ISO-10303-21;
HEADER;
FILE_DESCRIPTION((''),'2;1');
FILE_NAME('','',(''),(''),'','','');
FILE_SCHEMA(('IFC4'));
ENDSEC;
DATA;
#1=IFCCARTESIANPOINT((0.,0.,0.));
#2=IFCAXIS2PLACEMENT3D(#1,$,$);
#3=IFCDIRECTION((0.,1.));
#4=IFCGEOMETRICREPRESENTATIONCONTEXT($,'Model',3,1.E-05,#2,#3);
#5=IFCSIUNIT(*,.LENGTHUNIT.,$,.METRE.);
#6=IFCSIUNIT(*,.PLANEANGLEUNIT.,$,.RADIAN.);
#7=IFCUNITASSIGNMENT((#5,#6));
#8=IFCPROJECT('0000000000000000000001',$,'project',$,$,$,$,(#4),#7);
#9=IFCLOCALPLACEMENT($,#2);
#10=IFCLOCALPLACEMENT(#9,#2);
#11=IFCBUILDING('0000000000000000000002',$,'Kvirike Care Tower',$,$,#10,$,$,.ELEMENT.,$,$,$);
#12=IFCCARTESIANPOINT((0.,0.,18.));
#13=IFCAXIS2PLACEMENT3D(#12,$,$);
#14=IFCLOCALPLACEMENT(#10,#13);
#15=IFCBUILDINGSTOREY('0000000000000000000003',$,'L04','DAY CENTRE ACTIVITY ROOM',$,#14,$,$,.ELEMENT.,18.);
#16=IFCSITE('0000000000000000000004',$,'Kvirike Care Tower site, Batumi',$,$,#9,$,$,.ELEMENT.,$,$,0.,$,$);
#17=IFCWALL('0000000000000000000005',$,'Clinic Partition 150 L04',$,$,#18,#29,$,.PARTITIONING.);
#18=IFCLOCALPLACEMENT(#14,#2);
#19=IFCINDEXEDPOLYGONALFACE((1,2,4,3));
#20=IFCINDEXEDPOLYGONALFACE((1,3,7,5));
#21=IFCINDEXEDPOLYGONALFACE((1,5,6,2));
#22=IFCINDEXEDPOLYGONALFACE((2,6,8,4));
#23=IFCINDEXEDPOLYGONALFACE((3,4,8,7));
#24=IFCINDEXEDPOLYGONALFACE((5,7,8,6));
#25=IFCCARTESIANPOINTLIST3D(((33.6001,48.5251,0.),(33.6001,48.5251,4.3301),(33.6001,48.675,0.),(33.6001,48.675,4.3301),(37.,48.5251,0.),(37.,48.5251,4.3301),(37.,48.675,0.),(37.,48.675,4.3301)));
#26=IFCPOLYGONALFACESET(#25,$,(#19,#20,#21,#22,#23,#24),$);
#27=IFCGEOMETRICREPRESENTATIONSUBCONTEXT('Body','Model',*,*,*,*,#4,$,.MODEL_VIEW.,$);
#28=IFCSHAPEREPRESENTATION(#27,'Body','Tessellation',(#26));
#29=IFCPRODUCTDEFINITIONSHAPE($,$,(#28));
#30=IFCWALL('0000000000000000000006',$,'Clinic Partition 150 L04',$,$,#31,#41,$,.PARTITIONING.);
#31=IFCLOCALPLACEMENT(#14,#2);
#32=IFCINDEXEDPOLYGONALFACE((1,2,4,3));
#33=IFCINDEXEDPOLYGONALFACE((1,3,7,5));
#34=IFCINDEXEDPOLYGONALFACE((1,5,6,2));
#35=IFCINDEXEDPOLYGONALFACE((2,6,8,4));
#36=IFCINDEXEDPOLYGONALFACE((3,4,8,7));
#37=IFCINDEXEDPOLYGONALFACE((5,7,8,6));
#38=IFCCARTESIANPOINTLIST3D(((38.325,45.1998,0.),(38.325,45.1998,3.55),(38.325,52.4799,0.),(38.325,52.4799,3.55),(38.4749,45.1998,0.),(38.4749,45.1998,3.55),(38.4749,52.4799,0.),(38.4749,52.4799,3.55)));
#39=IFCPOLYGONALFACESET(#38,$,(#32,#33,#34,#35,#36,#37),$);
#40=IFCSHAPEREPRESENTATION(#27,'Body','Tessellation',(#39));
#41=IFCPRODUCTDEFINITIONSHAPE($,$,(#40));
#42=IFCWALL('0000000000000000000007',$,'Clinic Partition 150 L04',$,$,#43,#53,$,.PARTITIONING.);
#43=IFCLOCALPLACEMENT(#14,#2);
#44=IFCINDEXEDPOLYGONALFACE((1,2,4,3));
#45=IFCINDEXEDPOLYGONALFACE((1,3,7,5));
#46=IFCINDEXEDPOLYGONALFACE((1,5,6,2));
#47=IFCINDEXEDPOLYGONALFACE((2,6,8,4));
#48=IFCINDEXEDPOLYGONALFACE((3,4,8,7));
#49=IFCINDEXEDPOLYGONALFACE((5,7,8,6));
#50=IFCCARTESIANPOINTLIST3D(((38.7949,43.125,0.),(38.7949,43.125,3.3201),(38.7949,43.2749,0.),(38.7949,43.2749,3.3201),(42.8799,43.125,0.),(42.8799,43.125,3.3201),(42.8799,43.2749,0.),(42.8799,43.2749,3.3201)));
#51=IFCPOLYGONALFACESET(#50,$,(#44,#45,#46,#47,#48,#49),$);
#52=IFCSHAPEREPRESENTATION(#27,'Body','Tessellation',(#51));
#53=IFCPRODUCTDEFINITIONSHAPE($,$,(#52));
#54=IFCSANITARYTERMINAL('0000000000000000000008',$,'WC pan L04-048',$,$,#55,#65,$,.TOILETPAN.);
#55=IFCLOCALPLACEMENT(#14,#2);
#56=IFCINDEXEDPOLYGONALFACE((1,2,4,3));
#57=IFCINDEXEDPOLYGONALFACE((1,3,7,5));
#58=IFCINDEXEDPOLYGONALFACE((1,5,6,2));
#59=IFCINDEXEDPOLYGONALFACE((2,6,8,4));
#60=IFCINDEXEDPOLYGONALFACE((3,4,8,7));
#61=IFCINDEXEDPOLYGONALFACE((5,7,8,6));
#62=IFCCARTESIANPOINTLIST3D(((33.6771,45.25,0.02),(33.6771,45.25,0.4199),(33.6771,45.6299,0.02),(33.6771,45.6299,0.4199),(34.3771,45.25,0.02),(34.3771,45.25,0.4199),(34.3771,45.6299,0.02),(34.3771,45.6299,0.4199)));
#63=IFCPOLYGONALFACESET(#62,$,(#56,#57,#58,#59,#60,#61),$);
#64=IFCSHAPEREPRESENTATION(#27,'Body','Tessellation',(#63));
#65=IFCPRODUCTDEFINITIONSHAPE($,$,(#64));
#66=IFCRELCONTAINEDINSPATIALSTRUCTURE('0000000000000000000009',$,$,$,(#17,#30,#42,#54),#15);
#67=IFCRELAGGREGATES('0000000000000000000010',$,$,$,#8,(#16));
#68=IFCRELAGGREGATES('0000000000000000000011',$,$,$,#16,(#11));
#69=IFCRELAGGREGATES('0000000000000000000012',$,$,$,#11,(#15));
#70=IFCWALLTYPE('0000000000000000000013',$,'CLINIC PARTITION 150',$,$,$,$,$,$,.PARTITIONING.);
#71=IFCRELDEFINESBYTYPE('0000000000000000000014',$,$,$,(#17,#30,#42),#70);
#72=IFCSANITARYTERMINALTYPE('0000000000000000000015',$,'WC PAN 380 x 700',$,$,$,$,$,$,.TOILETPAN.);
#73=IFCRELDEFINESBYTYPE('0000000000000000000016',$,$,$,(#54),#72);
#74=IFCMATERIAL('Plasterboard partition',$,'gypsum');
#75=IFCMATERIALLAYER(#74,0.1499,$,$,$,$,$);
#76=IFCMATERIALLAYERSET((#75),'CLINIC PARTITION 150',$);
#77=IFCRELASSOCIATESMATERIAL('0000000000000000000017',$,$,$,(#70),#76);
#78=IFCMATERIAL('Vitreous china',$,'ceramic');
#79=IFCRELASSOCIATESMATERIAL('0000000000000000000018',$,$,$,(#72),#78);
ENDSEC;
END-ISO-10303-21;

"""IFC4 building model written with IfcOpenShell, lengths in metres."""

from ifc_helpers import new_model, si_unit, direction, frame, frame_2d, origin, origin_2d, place, context, subcontext, project, spatial, rectangle, extrude, material, layer, layer_set, type_object, element, save


model = new_model("IFC4")

# Units and contexts
model_context = context("Model", 3, precision=1e-05, world=origin(), true_north=direction((0.0, 1.0)))
body_context = subcontext(model_context, "Body", "Model", "MODEL_VIEW")
ifc_project = project(units=[si_unit("LENGTHUNIT", "METRE"), si_unit("PLANEANGLEUNIT", "RADIAN")], contexts=[model_context])

# Site, building, storey
site_placement = place(None, origin())
site = spatial("IfcSite", under=ifc_project, at=site_placement, Name="Kvirike Care Tower site, Batumi", CompositionType="ELEMENT", RefElevation=0.0)
building_placement = place(site_placement, origin())
building = spatial("IfcBuilding", under=site, at=building_placement, Name="Kvirike Care Tower", CompositionType="ELEMENT")
storey_placement = place(building_placement, frame((0.0, 0.0, 18.0)))
storey = spatial("IfcBuildingStorey", under=building, at=storey_placement, Name="L04", Description="DAY CENTRE ACTIVITY ROOM", CompositionType="ELEMENT", Elevation=18.0)

# Walls
ifc_material_1 = material(Name="Plasterboard partition", Category="gypsum")
ifc_layer_1 = layer(ifc_material_1, 0.1499)
ifc_layer_set_1 = layer_set([ifc_layer_1], Name="CLINIC PARTITION 150")
wall_type_1 = type_object("IfcWallType", Name="CLINIC PARTITION 150", PredefinedType="PARTITIONING", material=ifc_layer_set_1)
wall_1_placement = place(storey_placement, frame((37.0, 48.6001, 0.0), z_axis=(0.0, 0.0, 1.0), x_axis=(-1.0, 0.0, 0.0)))
element("IfcWall", 1, at=wall_1_placement, inside=storey, type_object=wall_type_1, Name="Clinic Partition 150 L04", PredefinedType="PARTITIONING", context=body_context, shape_type="SweptSolid", body=[
    extrude(rectangle(XDim=3.3999, YDim=0.1499, at=frame_2d((1.7, 0.0))), origin(), (0.0, 0.0, 1.0), 4.3301),
])
wall_2_placement = place(storey_placement, frame((38.3999, 52.48, 0.0), z_axis=(0.0, 0.0, 1.0), x_axis=(0.0, -1.0, 0.0)))
element("IfcWall", 2, at=wall_2_placement, inside=storey, type_object=wall_type_1, Name="Clinic Partition 150 L04", PredefinedType="PARTITIONING", context=body_context, shape_type="SweptSolid", body=[
    extrude(rectangle(XDim=7.28, YDim=0.1499, at=frame_2d((3.6401, 0.0))), origin(), (0.0, 0.0, 1.0), 3.55),
])
wall_3_placement = place(storey_placement, frame((42.8799, 43.2, 0.0), z_axis=(0.0, 0.0, 1.0), x_axis=(-1.0, 0.0, 0.0)))
element("IfcWall", 3, at=wall_3_placement, inside=storey, type_object=wall_type_1, Name="Clinic Partition 150 L04", PredefinedType="PARTITIONING", context=body_context, shape_type="SweptSolid", body=[
    extrude(rectangle(XDim=4.085, YDim=0.1499, at=frame_2d((2.0425, 0.0))), origin(), (0.0, 0.0, 1.0), 3.3201),
])

# Sanitary terminal
ifc_material_2 = material(Name="Vitreous china", Category="ceramic")
sanitary_terminal_type = type_object("IfcSanitaryTerminalType", Name="WC PAN 380 x 700", PredefinedType="TOILETPAN", material=ifc_material_2)
sanitary_terminal_placement = place(storey_placement, frame((34.0271, 45.4399, 0.02), z_axis=(0.0, 0.0, 1.0), x_axis=(0.0, 1.0, 0.0)))
element("IfcSanitaryTerminal", 4, at=sanitary_terminal_placement, inside=storey, type_object=sanitary_terminal_type, Name="WC pan L04-048", PredefinedType="TOILETPAN", context=body_context, shape_type="SweptSolid", body=[
    extrude(rectangle(XDim=0.3799, YDim=0.7, at=origin_2d()), origin(), (0.0, 0.0, 1.0), 0.3999),
])

save(model, "model.ifc")
